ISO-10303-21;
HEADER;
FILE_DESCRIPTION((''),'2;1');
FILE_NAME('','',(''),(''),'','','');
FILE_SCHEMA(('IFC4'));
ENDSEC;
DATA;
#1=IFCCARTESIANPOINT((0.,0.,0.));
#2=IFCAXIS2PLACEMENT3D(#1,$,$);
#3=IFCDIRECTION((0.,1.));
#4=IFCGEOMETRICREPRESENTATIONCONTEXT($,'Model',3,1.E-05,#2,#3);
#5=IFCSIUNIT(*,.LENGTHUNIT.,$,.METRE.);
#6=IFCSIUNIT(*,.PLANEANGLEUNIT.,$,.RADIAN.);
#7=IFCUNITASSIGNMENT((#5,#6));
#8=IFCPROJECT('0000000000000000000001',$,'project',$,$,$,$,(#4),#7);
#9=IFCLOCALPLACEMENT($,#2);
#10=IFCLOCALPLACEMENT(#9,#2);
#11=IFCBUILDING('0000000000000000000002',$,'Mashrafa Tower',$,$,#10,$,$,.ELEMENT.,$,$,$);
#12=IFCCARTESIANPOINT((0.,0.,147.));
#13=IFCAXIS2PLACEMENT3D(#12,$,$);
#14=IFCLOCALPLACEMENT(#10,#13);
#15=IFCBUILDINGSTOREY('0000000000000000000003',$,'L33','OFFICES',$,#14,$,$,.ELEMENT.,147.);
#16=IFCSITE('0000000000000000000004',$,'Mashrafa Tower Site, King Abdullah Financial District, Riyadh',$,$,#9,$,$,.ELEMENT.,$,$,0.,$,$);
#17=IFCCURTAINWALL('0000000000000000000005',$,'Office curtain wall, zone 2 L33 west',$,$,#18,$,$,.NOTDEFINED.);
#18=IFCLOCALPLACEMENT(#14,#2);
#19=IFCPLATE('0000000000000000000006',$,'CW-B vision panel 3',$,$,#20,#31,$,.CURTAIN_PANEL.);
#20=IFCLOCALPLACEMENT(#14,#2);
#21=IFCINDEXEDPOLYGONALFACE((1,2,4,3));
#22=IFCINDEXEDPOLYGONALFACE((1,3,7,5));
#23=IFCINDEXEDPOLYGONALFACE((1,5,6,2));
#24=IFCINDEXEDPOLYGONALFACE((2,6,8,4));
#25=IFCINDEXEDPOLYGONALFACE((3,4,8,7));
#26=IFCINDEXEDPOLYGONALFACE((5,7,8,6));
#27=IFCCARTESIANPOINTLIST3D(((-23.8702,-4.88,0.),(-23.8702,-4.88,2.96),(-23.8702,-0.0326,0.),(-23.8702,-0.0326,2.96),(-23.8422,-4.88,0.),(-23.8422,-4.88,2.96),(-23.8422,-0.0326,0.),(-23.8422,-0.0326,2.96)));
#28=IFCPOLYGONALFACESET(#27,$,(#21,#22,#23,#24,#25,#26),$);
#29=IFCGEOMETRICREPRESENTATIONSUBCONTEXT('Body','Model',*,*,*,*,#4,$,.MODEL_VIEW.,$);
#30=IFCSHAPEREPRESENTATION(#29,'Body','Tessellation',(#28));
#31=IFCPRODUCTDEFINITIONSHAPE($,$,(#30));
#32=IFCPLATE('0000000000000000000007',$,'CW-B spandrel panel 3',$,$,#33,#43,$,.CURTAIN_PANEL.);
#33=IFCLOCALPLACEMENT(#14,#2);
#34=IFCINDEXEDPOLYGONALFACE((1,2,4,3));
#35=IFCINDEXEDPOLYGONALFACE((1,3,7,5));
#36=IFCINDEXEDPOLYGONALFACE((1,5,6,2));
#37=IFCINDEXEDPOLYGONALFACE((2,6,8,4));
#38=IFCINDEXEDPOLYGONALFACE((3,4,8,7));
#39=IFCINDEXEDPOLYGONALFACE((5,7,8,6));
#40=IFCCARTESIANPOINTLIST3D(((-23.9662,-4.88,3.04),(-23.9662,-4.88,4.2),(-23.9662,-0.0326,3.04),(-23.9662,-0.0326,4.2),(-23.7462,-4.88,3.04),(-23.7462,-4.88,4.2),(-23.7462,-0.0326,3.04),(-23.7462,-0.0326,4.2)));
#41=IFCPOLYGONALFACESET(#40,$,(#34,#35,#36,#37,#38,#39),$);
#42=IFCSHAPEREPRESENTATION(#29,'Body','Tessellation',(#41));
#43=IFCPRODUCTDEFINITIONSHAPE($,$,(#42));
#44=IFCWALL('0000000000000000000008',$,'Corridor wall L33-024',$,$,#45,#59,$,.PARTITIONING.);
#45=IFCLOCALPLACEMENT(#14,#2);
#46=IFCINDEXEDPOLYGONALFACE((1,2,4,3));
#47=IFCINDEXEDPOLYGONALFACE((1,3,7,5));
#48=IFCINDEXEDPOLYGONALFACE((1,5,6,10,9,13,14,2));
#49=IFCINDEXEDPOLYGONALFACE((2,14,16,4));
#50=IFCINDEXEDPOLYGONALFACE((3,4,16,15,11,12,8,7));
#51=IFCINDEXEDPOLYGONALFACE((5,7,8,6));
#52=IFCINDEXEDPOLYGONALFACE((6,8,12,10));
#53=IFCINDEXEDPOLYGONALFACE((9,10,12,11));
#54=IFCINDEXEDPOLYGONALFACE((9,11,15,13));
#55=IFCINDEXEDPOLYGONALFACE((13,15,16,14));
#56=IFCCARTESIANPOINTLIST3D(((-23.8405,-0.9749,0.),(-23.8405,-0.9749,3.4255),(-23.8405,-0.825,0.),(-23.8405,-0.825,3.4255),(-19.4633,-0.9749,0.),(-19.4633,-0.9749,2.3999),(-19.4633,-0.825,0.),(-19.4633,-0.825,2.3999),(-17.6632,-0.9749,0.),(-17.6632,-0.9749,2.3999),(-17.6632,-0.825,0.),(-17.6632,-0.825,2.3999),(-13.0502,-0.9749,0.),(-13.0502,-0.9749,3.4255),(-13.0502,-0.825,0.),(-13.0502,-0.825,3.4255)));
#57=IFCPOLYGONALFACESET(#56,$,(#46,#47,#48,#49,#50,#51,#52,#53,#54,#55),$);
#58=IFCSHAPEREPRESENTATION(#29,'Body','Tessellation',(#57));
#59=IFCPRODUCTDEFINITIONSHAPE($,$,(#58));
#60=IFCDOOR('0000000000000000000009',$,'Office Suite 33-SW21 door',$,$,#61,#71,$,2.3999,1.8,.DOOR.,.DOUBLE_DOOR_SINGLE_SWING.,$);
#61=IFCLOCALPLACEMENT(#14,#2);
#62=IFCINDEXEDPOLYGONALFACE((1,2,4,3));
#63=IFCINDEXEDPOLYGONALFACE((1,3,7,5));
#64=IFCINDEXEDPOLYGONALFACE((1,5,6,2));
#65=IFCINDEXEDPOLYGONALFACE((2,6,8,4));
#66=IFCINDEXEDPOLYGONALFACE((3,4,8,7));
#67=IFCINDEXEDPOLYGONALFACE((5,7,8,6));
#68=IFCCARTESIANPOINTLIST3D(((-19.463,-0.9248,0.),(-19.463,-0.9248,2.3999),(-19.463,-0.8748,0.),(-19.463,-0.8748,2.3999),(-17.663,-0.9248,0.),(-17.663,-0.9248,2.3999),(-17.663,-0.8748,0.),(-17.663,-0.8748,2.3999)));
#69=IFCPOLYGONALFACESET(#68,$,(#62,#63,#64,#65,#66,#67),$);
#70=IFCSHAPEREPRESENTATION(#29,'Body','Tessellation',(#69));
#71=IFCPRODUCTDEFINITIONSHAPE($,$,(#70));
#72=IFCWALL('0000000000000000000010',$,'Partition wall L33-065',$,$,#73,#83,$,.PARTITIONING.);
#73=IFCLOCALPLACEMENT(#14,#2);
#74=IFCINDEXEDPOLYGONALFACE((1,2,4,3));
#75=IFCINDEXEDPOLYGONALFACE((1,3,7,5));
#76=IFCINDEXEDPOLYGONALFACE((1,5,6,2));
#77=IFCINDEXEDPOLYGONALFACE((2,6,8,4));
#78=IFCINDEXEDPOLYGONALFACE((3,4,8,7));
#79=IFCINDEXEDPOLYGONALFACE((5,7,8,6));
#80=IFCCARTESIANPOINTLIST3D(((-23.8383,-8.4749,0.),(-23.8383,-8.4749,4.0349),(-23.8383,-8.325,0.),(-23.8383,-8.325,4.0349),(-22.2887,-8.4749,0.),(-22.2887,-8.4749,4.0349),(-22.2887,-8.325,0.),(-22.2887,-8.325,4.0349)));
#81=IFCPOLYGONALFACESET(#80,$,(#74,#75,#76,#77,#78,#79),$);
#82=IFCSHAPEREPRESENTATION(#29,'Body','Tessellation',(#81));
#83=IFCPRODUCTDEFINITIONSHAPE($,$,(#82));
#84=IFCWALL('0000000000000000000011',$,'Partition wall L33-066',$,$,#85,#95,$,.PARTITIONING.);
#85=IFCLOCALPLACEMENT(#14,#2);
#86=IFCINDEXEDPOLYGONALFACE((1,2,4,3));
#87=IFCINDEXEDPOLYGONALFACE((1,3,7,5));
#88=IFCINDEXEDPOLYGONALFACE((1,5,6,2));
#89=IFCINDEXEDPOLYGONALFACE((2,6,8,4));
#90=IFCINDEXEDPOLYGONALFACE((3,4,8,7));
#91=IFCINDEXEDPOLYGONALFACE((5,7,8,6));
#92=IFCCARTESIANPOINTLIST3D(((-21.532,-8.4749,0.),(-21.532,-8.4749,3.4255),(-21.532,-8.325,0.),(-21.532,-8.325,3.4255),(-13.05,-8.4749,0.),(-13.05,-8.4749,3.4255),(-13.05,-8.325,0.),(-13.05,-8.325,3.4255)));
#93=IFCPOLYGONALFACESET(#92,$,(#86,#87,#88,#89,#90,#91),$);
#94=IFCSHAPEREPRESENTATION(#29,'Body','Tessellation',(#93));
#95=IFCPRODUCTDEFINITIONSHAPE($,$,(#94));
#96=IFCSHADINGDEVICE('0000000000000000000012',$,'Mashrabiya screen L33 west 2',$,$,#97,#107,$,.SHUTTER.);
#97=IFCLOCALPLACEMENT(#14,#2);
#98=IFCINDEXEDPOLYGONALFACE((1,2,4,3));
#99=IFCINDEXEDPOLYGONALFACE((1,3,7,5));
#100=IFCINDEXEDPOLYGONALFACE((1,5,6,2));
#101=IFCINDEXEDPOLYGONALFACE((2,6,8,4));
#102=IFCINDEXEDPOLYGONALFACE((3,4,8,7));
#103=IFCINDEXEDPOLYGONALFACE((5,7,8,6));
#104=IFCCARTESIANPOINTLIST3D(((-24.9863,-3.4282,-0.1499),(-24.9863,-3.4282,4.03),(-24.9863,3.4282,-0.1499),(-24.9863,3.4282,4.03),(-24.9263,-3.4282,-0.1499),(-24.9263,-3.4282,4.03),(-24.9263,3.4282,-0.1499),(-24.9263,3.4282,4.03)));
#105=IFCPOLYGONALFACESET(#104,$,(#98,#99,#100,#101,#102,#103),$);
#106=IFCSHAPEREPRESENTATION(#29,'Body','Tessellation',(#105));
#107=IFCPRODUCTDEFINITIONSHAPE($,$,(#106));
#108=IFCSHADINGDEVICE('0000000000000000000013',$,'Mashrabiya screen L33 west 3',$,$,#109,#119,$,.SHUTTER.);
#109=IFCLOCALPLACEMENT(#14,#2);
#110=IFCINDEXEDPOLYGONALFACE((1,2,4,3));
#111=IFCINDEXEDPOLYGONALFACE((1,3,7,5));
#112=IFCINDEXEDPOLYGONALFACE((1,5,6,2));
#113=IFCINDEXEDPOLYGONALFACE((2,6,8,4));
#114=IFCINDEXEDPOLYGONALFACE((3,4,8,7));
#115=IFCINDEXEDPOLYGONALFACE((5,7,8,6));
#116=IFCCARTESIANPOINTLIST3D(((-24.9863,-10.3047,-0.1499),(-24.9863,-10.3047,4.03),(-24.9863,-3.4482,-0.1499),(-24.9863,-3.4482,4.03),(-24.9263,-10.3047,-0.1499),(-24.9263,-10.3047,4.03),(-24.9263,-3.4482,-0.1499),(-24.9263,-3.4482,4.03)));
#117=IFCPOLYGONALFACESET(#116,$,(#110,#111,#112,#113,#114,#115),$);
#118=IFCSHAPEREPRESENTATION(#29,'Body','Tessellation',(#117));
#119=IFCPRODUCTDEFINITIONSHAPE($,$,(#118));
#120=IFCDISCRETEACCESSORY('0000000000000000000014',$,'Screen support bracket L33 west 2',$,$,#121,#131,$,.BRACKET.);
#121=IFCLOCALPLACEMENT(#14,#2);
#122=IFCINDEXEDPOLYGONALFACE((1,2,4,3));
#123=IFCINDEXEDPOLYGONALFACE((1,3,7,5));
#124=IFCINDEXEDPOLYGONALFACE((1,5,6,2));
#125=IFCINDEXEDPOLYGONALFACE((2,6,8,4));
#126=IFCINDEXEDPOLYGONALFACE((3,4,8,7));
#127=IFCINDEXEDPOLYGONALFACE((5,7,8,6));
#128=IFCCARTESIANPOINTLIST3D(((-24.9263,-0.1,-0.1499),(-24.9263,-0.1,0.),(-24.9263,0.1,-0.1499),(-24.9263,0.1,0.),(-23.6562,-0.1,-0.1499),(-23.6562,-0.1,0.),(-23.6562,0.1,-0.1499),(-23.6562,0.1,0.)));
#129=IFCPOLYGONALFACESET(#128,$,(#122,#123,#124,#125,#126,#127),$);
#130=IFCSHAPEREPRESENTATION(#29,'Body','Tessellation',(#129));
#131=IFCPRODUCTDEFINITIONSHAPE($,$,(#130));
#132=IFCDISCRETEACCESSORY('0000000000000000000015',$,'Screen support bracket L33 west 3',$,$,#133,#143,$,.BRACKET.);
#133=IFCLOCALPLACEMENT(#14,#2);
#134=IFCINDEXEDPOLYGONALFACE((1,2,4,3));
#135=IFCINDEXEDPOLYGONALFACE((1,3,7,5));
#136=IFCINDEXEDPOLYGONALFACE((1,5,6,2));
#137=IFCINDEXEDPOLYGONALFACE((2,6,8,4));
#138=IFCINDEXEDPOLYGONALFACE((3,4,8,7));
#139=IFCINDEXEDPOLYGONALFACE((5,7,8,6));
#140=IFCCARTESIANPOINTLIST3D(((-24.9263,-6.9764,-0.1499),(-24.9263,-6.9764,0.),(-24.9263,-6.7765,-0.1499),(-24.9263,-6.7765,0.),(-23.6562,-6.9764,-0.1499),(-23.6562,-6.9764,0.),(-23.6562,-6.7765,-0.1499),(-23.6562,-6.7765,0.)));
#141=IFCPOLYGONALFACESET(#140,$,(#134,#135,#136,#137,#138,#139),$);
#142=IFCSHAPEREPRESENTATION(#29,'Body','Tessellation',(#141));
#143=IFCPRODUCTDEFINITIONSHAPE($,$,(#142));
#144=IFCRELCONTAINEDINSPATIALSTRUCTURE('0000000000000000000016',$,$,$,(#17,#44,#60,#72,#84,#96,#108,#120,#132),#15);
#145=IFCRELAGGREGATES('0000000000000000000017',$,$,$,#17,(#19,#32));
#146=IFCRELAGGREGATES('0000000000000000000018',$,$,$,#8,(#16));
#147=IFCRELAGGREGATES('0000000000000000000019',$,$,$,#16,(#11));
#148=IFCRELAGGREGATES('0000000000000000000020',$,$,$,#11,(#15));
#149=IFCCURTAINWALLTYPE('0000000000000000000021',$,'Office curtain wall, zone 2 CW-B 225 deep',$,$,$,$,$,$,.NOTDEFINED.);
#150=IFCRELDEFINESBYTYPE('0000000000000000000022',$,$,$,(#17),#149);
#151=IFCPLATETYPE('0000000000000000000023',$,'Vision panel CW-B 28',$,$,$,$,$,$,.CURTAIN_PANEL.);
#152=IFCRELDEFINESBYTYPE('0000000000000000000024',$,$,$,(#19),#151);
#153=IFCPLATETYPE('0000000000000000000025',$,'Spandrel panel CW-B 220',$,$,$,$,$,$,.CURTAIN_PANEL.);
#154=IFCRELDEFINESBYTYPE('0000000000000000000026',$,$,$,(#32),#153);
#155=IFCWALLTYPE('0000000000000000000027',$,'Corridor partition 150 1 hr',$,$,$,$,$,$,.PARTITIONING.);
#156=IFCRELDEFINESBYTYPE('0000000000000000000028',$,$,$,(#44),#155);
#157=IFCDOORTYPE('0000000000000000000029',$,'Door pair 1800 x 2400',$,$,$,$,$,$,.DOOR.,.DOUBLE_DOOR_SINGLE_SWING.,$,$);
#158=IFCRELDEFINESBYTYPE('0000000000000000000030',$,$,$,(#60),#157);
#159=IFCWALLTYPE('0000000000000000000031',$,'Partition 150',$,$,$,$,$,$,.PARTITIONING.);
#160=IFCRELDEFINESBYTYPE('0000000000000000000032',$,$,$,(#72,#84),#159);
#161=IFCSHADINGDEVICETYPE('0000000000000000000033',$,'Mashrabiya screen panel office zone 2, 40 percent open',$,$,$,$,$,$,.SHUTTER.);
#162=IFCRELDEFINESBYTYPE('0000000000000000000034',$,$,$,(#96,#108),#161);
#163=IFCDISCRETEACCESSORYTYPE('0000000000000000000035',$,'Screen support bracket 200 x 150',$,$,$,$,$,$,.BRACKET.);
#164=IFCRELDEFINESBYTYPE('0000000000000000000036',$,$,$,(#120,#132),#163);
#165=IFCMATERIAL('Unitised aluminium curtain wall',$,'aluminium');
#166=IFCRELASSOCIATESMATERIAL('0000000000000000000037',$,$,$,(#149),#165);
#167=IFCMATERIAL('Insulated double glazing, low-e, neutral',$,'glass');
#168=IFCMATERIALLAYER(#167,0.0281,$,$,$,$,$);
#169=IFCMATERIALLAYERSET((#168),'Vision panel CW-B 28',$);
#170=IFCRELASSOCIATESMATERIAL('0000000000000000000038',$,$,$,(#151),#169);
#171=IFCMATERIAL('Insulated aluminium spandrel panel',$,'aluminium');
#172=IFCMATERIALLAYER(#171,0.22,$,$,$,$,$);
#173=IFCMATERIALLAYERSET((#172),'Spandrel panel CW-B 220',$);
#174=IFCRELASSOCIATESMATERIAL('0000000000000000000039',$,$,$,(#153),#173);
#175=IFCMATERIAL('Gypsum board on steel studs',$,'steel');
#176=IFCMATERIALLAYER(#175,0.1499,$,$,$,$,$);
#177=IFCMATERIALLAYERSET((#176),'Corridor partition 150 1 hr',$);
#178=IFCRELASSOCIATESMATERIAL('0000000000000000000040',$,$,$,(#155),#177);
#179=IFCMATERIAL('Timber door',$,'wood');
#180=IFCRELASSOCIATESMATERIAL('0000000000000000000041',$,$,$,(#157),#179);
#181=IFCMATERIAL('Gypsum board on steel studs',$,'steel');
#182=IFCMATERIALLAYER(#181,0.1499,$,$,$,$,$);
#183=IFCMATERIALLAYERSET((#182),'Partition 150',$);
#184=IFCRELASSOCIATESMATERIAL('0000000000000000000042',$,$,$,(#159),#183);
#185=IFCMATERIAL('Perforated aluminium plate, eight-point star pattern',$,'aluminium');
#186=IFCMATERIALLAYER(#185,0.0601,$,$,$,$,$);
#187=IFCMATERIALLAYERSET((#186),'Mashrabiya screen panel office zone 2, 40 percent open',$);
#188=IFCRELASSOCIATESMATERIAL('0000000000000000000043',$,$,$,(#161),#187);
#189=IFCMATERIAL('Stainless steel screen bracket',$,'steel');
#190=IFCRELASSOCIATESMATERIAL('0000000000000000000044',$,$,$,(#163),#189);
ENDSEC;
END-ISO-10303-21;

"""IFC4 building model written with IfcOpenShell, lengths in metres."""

from ifc_helpers import new_model, si_unit, direction, frame, frame_2d, origin, origin_2d, place, context, subcontext, project, spatial, rectangle, extrude, source, transform, mapped, material, layer, layer_set, type_object, type_shapes, element, fill, aggregate, save


model = new_model("IFC4")

# Units and contexts
model_context = context("Model", 3, precision=1e-05, world=origin(), true_north=direction((0.0, 1.0)))
body_context = subcontext(model_context, "Body", "Model", "MODEL_VIEW")
ifc_project = project(units=[si_unit("LENGTHUNIT", "METRE"), si_unit("PLANEANGLEUNIT", "RADIAN")], contexts=[model_context])

# Site, building, storey
site_placement = place(None, origin())
site = spatial("IfcSite", under=ifc_project, at=site_placement, Name="Mashrafa Tower Site, King Abdullah Financial District, Riyadh", CompositionType="ELEMENT", RefElevation=0.0)
building_placement = place(site_placement, origin())
building = spatial("IfcBuilding", under=site, at=building_placement, Name="Mashrafa Tower", CompositionType="ELEMENT")
storey_placement = place(building_placement, frame((0.0, 0.0, 147.0)))
storey = spatial("IfcBuildingStorey", under=building, at=storey_placement, Name="L33", Description="OFFICES", CompositionType="ELEMENT", Elevation=147.0)

# Curtain wall
ifc_material_1 = material(Name="Unitised aluminium curtain wall", Category="aluminium")
curtain_wall_type = type_object("IfcCurtainWallType", Name="Office curtain wall, zone 2 CW-B 225 deep", PredefinedType="NOTDEFINED", material=ifc_material_1)
curtain_wall_1_placement = place(storey_placement, origin())
curtain_wall_1 = element("IfcCurtainWall", 1, at=curtain_wall_1_placement, inside=storey, type_object=curtain_wall_type, Name="Office curtain wall, zone 2 L33 west", PredefinedType="NOTDEFINED")

# Plates
ifc_material_2 = material(Name="Insulated double glazing, low-e, neutral", Category="glass")
ifc_layer_1 = layer(ifc_material_2, 0.0281)
ifc_layer_set_1 = layer_set([ifc_layer_1], Name="Vision panel CW-B 28")
plate_type_1 = type_object("IfcPlateType", Name="Vision panel CW-B 28", PredefinedType="CURTAIN_PANEL", material=ifc_layer_set_1)
ifc_material_3 = material(Name="Insulated aluminium spandrel panel", Category="aluminium")
ifc_layer_2 = layer(ifc_material_3, 0.22)
ifc_layer_set_2 = layer_set([ifc_layer_2], Name="Spandrel panel CW-B 220")
plate_type_2 = type_object("IfcPlateType", Name="Spandrel panel CW-B 220", PredefinedType="CURTAIN_PANEL", material=ifc_layer_set_2)
shared_shape_1 = source(origin(), body_context, "Body", "SweptSolid", [
    extrude(rectangle(XDim=4.8474, YDim=0.0281, at=origin_2d()), origin(), (0.0, 0.0, 1.0), 2.96),
])
plate_1_placement = place(storey_placement, frame((-23.8562, -2.4563, 0.0), z_axis=(0.0, 0.0, 1.0), x_axis=(0.0, -1.0, 0.0)))
plate_1 = element("IfcPlate", 2, at=plate_1_placement, type_object=plate_type_1, Name="CW-B vision panel 3", PredefinedType="CURTAIN_PANEL", context=body_context, shape_type="MappedRepresentation", body=[
    mapped(shared_shape_1, transform((0.0, 0.0, 0.0))),
])
shared_shape_2 = source(origin(), body_context, "Body", "SweptSolid", [
    extrude(rectangle(XDim=4.8474, YDim=0.22, at=origin_2d()), origin(), (0.0, 0.0, 1.0), 1.1599),
])
plate_2_placement = place(storey_placement, frame((-23.8562, -2.4563, 3.04), z_axis=(0.0, 0.0, 1.0), x_axis=(0.0, -1.0, 0.0)))
plate_2 = element("IfcPlate", 3, at=plate_2_placement, type_object=plate_type_2, Name="CW-B spandrel panel 3", PredefinedType="CURTAIN_PANEL", context=body_context, shape_type="MappedRepresentation", body=[
    mapped(shared_shape_2, transform((0.0, 0.0, 0.0))),
])
aggregate(curtain_wall_1, [plate_1, plate_2])

# Wall, opening, door
ifc_material_4 = material(Name="Gypsum board on steel studs", Category="steel")
ifc_layer_3 = layer(ifc_material_4, 0.1499)
ifc_layer_set_3 = layer_set([ifc_layer_3], Name="Corridor partition 150 1 hr")
wall_type_1 = type_object("IfcWallType", Name="Corridor partition 150 1 hr", PredefinedType="PARTITIONING", material=ifc_layer_set_3)
wall_1_placement = place(storey_placement, frame((-23.8403, -0.8999, 0.0), z_axis=(0.0, 0.0, 1.0), x_axis=(1.0, 0.0, 0.0)))
wall_1 = element("IfcWall", 4, at=wall_1_placement, inside=storey, type_object=wall_type_1, Name="Corridor wall L33-024", PredefinedType="PARTITIONING", context=body_context, shape_type="SweptSolid", body=[
    extrude(rectangle(XDim=10.7903, YDim=0.1499, at=frame_2d((5.395, 0.0))), origin(), (0.0, 0.0, 1.0), 3.4255),
])
opening_placement = place(wall_1_placement, frame((4.3772, 0.0, 0.0)))
opening = element("IfcOpeningElement", 5, at=opening_placement, cuts=wall_1, PredefinedType="OPENING", context=body_context, shape_type="SweptSolid", body=[
    extrude(rectangle(XDim=1.8, YDim=2.3999, at=frame_2d((0.8999, 1.2))), frame((0.0, 0.085, 0.0), z_axis=(0.0, -1.0, 0.0), x_axis=(1.0, 0.0, 0.0)), (0.0, 0.0, 1.0), 0.1699),
])
ifc_material_5 = material(Name="Timber door", Category="wood")
door_type = type_object("IfcDoorType", Name="Door pair 1800 x 2400", OperationType="DOUBLE_DOOR_SINGLE_SWING", PredefinedType="DOOR", material=ifc_material_5)
door_placement = place(opening_placement, frame((1.8, 0.0, 0.0), z_axis=(0.0, 0.0, 1.0), x_axis=(-1.0, 0.0, 0.0)))
door = element("IfcDoor", 6, at=door_placement, inside=storey, type_object=door_type, Name="Office Suite 33-SW21 door", OperationType="DOUBLE_DOOR_SINGLE_SWING", OverallHeight=2.3999, OverallWidth=1.8, PredefinedType="DOOR", context=body_context, shape_type="SweptSolid", body=[
    extrude(rectangle(XDim=1.8, YDim=2.3999, at=frame_2d((0.8999, 1.2))), frame((0.0, 0.0249, 0.0), z_axis=(0.0, -1.0, 0.0), x_axis=(1.0, 0.0, 0.0)), (0.0, 0.0, 1.0), 0.05),
])
fill(opening, door)

# Walls
ifc_material_6 = material(Name="Gypsum board on steel studs", Category="steel")
ifc_layer_4 = layer(ifc_material_6, 0.1499)
ifc_layer_set_4 = layer_set([ifc_layer_4], Name="Partition 150")
wall_type_2 = type_object("IfcWallType", Name="Partition 150", PredefinedType="PARTITIONING", material=ifc_layer_set_4)
wall_2_placement = place(storey_placement, frame((-23.8384, -8.3999, 0.0), z_axis=(0.0, 0.0, 1.0), x_axis=(1.0, 0.0, 0.0)))
element("IfcWall", 7, at=wall_2_placement, inside=storey, type_object=wall_type_2, Name="Partition wall L33-065", PredefinedType="PARTITIONING", context=body_context, shape_type="SweptSolid", body=[
    extrude(rectangle(XDim=1.5496, YDim=0.1499, at=frame_2d((0.7749, 0.0))), origin(), (0.0, 0.0, 1.0), 4.0349),
])
wall_3_placement = place(storey_placement, frame((-21.532, -8.3999, 0.0), z_axis=(0.0, 0.0, 1.0), x_axis=(1.0, 0.0, 0.0)))
element("IfcWall", 8, at=wall_3_placement, inside=storey, type_object=wall_type_2, Name="Partition wall L33-066", PredefinedType="PARTITIONING", context=body_context, shape_type="SweptSolid", body=[
    extrude(rectangle(XDim=8.4819, YDim=0.1499, at=frame_2d((4.241, 0.0))), origin(), (0.0, 0.0, 1.0), 3.4255),
])

# Shading devices
ifc_material_7 = material(Name="Perforated aluminium plate, eight-point star pattern", Category="aluminium")
ifc_layer_5 = layer(ifc_material_7, 0.0601)
ifc_layer_set_5 = layer_set([ifc_layer_5], Name="Mashrabiya screen panel office zone 2, 40 percent open")
shading_device_type = type_object("IfcShadingDeviceType", Name="Mashrabiya screen panel office zone 2, 40 percent open", PredefinedType="SHUTTER", material=ifc_layer_set_5)
shared_shape_3 = source(origin(), body_context, "Body", "SweptSolid", [
    extrude(rectangle(XDim=6.8564, YDim=0.0601, at=origin_2d()), origin(), (0.0, 0.0, 1.0), 4.1799),
])
type_shapes(shading_device_type, [shared_shape_3])
for number, where, z_axis, x_axis, name in (
    (9, (-24.9563, 0.0, -0.1499), (0.0, 0.0, 1.0), (0.0, -1.0, 0.0), "Mashrabiya screen L33 west 2"),
    (10, (-24.9563, -6.8765, -0.1499), (0.0, 0.0, 1.0), (0.0, -1.0, 0.0), "Mashrabiya screen L33 west 3"),
):
    element("IfcShadingDevice", number, at=place(storey_placement, frame(where, z_axis=z_axis, x_axis=x_axis)), inside=storey, type_object=shading_device_type, Name=name, PredefinedType="SHUTTER", context=body_context, shape_type="MappedRepresentation", body=[
        mapped(shared_shape_3, transform((0.0, 0.0, 0.0))),
    ])

# Discrete accessories
ifc_material_8 = material(Name="Stainless steel screen bracket", Category="steel")
discrete_accessory_type = type_object("IfcDiscreteAccessoryType", Name="Screen support bracket 200 x 150", PredefinedType="BRACKET", material=ifc_material_8)
shared_shape_4 = source(origin(), body_context, "Body", "SweptSolid", [
    extrude(rectangle(XDim=0.2, YDim=1.27, at=origin_2d()), origin(), (0.0, 0.0, 1.0), 0.1499),
])
type_shapes(discrete_accessory_type, [shared_shape_4])
for number, where, z_axis, x_axis, name in (
    (11, (-24.2913, 0.0, -0.1499), (0.0, 0.0, 1.0), (0.0, -1.0, 0.0), "Screen support bracket L33 west 2"),
    (12, (-24.2913, -6.8765, -0.1499), (0.0, 0.0, 1.0), (0.0, -1.0, 0.0), "Screen support bracket L33 west 3"),
):
    element("IfcDiscreteAccessory", number, at=place(storey_placement, frame(where, z_axis=z_axis, x_axis=x_axis)), inside=storey, type_object=discrete_accessory_type, Name=name, PredefinedType="BRACKET", context=body_context, shape_type="MappedRepresentation", body=[
        mapped(shared_shape_4, transform((0.0, 0.0, 0.0))),
    ])

save(model, "model.ifc")
